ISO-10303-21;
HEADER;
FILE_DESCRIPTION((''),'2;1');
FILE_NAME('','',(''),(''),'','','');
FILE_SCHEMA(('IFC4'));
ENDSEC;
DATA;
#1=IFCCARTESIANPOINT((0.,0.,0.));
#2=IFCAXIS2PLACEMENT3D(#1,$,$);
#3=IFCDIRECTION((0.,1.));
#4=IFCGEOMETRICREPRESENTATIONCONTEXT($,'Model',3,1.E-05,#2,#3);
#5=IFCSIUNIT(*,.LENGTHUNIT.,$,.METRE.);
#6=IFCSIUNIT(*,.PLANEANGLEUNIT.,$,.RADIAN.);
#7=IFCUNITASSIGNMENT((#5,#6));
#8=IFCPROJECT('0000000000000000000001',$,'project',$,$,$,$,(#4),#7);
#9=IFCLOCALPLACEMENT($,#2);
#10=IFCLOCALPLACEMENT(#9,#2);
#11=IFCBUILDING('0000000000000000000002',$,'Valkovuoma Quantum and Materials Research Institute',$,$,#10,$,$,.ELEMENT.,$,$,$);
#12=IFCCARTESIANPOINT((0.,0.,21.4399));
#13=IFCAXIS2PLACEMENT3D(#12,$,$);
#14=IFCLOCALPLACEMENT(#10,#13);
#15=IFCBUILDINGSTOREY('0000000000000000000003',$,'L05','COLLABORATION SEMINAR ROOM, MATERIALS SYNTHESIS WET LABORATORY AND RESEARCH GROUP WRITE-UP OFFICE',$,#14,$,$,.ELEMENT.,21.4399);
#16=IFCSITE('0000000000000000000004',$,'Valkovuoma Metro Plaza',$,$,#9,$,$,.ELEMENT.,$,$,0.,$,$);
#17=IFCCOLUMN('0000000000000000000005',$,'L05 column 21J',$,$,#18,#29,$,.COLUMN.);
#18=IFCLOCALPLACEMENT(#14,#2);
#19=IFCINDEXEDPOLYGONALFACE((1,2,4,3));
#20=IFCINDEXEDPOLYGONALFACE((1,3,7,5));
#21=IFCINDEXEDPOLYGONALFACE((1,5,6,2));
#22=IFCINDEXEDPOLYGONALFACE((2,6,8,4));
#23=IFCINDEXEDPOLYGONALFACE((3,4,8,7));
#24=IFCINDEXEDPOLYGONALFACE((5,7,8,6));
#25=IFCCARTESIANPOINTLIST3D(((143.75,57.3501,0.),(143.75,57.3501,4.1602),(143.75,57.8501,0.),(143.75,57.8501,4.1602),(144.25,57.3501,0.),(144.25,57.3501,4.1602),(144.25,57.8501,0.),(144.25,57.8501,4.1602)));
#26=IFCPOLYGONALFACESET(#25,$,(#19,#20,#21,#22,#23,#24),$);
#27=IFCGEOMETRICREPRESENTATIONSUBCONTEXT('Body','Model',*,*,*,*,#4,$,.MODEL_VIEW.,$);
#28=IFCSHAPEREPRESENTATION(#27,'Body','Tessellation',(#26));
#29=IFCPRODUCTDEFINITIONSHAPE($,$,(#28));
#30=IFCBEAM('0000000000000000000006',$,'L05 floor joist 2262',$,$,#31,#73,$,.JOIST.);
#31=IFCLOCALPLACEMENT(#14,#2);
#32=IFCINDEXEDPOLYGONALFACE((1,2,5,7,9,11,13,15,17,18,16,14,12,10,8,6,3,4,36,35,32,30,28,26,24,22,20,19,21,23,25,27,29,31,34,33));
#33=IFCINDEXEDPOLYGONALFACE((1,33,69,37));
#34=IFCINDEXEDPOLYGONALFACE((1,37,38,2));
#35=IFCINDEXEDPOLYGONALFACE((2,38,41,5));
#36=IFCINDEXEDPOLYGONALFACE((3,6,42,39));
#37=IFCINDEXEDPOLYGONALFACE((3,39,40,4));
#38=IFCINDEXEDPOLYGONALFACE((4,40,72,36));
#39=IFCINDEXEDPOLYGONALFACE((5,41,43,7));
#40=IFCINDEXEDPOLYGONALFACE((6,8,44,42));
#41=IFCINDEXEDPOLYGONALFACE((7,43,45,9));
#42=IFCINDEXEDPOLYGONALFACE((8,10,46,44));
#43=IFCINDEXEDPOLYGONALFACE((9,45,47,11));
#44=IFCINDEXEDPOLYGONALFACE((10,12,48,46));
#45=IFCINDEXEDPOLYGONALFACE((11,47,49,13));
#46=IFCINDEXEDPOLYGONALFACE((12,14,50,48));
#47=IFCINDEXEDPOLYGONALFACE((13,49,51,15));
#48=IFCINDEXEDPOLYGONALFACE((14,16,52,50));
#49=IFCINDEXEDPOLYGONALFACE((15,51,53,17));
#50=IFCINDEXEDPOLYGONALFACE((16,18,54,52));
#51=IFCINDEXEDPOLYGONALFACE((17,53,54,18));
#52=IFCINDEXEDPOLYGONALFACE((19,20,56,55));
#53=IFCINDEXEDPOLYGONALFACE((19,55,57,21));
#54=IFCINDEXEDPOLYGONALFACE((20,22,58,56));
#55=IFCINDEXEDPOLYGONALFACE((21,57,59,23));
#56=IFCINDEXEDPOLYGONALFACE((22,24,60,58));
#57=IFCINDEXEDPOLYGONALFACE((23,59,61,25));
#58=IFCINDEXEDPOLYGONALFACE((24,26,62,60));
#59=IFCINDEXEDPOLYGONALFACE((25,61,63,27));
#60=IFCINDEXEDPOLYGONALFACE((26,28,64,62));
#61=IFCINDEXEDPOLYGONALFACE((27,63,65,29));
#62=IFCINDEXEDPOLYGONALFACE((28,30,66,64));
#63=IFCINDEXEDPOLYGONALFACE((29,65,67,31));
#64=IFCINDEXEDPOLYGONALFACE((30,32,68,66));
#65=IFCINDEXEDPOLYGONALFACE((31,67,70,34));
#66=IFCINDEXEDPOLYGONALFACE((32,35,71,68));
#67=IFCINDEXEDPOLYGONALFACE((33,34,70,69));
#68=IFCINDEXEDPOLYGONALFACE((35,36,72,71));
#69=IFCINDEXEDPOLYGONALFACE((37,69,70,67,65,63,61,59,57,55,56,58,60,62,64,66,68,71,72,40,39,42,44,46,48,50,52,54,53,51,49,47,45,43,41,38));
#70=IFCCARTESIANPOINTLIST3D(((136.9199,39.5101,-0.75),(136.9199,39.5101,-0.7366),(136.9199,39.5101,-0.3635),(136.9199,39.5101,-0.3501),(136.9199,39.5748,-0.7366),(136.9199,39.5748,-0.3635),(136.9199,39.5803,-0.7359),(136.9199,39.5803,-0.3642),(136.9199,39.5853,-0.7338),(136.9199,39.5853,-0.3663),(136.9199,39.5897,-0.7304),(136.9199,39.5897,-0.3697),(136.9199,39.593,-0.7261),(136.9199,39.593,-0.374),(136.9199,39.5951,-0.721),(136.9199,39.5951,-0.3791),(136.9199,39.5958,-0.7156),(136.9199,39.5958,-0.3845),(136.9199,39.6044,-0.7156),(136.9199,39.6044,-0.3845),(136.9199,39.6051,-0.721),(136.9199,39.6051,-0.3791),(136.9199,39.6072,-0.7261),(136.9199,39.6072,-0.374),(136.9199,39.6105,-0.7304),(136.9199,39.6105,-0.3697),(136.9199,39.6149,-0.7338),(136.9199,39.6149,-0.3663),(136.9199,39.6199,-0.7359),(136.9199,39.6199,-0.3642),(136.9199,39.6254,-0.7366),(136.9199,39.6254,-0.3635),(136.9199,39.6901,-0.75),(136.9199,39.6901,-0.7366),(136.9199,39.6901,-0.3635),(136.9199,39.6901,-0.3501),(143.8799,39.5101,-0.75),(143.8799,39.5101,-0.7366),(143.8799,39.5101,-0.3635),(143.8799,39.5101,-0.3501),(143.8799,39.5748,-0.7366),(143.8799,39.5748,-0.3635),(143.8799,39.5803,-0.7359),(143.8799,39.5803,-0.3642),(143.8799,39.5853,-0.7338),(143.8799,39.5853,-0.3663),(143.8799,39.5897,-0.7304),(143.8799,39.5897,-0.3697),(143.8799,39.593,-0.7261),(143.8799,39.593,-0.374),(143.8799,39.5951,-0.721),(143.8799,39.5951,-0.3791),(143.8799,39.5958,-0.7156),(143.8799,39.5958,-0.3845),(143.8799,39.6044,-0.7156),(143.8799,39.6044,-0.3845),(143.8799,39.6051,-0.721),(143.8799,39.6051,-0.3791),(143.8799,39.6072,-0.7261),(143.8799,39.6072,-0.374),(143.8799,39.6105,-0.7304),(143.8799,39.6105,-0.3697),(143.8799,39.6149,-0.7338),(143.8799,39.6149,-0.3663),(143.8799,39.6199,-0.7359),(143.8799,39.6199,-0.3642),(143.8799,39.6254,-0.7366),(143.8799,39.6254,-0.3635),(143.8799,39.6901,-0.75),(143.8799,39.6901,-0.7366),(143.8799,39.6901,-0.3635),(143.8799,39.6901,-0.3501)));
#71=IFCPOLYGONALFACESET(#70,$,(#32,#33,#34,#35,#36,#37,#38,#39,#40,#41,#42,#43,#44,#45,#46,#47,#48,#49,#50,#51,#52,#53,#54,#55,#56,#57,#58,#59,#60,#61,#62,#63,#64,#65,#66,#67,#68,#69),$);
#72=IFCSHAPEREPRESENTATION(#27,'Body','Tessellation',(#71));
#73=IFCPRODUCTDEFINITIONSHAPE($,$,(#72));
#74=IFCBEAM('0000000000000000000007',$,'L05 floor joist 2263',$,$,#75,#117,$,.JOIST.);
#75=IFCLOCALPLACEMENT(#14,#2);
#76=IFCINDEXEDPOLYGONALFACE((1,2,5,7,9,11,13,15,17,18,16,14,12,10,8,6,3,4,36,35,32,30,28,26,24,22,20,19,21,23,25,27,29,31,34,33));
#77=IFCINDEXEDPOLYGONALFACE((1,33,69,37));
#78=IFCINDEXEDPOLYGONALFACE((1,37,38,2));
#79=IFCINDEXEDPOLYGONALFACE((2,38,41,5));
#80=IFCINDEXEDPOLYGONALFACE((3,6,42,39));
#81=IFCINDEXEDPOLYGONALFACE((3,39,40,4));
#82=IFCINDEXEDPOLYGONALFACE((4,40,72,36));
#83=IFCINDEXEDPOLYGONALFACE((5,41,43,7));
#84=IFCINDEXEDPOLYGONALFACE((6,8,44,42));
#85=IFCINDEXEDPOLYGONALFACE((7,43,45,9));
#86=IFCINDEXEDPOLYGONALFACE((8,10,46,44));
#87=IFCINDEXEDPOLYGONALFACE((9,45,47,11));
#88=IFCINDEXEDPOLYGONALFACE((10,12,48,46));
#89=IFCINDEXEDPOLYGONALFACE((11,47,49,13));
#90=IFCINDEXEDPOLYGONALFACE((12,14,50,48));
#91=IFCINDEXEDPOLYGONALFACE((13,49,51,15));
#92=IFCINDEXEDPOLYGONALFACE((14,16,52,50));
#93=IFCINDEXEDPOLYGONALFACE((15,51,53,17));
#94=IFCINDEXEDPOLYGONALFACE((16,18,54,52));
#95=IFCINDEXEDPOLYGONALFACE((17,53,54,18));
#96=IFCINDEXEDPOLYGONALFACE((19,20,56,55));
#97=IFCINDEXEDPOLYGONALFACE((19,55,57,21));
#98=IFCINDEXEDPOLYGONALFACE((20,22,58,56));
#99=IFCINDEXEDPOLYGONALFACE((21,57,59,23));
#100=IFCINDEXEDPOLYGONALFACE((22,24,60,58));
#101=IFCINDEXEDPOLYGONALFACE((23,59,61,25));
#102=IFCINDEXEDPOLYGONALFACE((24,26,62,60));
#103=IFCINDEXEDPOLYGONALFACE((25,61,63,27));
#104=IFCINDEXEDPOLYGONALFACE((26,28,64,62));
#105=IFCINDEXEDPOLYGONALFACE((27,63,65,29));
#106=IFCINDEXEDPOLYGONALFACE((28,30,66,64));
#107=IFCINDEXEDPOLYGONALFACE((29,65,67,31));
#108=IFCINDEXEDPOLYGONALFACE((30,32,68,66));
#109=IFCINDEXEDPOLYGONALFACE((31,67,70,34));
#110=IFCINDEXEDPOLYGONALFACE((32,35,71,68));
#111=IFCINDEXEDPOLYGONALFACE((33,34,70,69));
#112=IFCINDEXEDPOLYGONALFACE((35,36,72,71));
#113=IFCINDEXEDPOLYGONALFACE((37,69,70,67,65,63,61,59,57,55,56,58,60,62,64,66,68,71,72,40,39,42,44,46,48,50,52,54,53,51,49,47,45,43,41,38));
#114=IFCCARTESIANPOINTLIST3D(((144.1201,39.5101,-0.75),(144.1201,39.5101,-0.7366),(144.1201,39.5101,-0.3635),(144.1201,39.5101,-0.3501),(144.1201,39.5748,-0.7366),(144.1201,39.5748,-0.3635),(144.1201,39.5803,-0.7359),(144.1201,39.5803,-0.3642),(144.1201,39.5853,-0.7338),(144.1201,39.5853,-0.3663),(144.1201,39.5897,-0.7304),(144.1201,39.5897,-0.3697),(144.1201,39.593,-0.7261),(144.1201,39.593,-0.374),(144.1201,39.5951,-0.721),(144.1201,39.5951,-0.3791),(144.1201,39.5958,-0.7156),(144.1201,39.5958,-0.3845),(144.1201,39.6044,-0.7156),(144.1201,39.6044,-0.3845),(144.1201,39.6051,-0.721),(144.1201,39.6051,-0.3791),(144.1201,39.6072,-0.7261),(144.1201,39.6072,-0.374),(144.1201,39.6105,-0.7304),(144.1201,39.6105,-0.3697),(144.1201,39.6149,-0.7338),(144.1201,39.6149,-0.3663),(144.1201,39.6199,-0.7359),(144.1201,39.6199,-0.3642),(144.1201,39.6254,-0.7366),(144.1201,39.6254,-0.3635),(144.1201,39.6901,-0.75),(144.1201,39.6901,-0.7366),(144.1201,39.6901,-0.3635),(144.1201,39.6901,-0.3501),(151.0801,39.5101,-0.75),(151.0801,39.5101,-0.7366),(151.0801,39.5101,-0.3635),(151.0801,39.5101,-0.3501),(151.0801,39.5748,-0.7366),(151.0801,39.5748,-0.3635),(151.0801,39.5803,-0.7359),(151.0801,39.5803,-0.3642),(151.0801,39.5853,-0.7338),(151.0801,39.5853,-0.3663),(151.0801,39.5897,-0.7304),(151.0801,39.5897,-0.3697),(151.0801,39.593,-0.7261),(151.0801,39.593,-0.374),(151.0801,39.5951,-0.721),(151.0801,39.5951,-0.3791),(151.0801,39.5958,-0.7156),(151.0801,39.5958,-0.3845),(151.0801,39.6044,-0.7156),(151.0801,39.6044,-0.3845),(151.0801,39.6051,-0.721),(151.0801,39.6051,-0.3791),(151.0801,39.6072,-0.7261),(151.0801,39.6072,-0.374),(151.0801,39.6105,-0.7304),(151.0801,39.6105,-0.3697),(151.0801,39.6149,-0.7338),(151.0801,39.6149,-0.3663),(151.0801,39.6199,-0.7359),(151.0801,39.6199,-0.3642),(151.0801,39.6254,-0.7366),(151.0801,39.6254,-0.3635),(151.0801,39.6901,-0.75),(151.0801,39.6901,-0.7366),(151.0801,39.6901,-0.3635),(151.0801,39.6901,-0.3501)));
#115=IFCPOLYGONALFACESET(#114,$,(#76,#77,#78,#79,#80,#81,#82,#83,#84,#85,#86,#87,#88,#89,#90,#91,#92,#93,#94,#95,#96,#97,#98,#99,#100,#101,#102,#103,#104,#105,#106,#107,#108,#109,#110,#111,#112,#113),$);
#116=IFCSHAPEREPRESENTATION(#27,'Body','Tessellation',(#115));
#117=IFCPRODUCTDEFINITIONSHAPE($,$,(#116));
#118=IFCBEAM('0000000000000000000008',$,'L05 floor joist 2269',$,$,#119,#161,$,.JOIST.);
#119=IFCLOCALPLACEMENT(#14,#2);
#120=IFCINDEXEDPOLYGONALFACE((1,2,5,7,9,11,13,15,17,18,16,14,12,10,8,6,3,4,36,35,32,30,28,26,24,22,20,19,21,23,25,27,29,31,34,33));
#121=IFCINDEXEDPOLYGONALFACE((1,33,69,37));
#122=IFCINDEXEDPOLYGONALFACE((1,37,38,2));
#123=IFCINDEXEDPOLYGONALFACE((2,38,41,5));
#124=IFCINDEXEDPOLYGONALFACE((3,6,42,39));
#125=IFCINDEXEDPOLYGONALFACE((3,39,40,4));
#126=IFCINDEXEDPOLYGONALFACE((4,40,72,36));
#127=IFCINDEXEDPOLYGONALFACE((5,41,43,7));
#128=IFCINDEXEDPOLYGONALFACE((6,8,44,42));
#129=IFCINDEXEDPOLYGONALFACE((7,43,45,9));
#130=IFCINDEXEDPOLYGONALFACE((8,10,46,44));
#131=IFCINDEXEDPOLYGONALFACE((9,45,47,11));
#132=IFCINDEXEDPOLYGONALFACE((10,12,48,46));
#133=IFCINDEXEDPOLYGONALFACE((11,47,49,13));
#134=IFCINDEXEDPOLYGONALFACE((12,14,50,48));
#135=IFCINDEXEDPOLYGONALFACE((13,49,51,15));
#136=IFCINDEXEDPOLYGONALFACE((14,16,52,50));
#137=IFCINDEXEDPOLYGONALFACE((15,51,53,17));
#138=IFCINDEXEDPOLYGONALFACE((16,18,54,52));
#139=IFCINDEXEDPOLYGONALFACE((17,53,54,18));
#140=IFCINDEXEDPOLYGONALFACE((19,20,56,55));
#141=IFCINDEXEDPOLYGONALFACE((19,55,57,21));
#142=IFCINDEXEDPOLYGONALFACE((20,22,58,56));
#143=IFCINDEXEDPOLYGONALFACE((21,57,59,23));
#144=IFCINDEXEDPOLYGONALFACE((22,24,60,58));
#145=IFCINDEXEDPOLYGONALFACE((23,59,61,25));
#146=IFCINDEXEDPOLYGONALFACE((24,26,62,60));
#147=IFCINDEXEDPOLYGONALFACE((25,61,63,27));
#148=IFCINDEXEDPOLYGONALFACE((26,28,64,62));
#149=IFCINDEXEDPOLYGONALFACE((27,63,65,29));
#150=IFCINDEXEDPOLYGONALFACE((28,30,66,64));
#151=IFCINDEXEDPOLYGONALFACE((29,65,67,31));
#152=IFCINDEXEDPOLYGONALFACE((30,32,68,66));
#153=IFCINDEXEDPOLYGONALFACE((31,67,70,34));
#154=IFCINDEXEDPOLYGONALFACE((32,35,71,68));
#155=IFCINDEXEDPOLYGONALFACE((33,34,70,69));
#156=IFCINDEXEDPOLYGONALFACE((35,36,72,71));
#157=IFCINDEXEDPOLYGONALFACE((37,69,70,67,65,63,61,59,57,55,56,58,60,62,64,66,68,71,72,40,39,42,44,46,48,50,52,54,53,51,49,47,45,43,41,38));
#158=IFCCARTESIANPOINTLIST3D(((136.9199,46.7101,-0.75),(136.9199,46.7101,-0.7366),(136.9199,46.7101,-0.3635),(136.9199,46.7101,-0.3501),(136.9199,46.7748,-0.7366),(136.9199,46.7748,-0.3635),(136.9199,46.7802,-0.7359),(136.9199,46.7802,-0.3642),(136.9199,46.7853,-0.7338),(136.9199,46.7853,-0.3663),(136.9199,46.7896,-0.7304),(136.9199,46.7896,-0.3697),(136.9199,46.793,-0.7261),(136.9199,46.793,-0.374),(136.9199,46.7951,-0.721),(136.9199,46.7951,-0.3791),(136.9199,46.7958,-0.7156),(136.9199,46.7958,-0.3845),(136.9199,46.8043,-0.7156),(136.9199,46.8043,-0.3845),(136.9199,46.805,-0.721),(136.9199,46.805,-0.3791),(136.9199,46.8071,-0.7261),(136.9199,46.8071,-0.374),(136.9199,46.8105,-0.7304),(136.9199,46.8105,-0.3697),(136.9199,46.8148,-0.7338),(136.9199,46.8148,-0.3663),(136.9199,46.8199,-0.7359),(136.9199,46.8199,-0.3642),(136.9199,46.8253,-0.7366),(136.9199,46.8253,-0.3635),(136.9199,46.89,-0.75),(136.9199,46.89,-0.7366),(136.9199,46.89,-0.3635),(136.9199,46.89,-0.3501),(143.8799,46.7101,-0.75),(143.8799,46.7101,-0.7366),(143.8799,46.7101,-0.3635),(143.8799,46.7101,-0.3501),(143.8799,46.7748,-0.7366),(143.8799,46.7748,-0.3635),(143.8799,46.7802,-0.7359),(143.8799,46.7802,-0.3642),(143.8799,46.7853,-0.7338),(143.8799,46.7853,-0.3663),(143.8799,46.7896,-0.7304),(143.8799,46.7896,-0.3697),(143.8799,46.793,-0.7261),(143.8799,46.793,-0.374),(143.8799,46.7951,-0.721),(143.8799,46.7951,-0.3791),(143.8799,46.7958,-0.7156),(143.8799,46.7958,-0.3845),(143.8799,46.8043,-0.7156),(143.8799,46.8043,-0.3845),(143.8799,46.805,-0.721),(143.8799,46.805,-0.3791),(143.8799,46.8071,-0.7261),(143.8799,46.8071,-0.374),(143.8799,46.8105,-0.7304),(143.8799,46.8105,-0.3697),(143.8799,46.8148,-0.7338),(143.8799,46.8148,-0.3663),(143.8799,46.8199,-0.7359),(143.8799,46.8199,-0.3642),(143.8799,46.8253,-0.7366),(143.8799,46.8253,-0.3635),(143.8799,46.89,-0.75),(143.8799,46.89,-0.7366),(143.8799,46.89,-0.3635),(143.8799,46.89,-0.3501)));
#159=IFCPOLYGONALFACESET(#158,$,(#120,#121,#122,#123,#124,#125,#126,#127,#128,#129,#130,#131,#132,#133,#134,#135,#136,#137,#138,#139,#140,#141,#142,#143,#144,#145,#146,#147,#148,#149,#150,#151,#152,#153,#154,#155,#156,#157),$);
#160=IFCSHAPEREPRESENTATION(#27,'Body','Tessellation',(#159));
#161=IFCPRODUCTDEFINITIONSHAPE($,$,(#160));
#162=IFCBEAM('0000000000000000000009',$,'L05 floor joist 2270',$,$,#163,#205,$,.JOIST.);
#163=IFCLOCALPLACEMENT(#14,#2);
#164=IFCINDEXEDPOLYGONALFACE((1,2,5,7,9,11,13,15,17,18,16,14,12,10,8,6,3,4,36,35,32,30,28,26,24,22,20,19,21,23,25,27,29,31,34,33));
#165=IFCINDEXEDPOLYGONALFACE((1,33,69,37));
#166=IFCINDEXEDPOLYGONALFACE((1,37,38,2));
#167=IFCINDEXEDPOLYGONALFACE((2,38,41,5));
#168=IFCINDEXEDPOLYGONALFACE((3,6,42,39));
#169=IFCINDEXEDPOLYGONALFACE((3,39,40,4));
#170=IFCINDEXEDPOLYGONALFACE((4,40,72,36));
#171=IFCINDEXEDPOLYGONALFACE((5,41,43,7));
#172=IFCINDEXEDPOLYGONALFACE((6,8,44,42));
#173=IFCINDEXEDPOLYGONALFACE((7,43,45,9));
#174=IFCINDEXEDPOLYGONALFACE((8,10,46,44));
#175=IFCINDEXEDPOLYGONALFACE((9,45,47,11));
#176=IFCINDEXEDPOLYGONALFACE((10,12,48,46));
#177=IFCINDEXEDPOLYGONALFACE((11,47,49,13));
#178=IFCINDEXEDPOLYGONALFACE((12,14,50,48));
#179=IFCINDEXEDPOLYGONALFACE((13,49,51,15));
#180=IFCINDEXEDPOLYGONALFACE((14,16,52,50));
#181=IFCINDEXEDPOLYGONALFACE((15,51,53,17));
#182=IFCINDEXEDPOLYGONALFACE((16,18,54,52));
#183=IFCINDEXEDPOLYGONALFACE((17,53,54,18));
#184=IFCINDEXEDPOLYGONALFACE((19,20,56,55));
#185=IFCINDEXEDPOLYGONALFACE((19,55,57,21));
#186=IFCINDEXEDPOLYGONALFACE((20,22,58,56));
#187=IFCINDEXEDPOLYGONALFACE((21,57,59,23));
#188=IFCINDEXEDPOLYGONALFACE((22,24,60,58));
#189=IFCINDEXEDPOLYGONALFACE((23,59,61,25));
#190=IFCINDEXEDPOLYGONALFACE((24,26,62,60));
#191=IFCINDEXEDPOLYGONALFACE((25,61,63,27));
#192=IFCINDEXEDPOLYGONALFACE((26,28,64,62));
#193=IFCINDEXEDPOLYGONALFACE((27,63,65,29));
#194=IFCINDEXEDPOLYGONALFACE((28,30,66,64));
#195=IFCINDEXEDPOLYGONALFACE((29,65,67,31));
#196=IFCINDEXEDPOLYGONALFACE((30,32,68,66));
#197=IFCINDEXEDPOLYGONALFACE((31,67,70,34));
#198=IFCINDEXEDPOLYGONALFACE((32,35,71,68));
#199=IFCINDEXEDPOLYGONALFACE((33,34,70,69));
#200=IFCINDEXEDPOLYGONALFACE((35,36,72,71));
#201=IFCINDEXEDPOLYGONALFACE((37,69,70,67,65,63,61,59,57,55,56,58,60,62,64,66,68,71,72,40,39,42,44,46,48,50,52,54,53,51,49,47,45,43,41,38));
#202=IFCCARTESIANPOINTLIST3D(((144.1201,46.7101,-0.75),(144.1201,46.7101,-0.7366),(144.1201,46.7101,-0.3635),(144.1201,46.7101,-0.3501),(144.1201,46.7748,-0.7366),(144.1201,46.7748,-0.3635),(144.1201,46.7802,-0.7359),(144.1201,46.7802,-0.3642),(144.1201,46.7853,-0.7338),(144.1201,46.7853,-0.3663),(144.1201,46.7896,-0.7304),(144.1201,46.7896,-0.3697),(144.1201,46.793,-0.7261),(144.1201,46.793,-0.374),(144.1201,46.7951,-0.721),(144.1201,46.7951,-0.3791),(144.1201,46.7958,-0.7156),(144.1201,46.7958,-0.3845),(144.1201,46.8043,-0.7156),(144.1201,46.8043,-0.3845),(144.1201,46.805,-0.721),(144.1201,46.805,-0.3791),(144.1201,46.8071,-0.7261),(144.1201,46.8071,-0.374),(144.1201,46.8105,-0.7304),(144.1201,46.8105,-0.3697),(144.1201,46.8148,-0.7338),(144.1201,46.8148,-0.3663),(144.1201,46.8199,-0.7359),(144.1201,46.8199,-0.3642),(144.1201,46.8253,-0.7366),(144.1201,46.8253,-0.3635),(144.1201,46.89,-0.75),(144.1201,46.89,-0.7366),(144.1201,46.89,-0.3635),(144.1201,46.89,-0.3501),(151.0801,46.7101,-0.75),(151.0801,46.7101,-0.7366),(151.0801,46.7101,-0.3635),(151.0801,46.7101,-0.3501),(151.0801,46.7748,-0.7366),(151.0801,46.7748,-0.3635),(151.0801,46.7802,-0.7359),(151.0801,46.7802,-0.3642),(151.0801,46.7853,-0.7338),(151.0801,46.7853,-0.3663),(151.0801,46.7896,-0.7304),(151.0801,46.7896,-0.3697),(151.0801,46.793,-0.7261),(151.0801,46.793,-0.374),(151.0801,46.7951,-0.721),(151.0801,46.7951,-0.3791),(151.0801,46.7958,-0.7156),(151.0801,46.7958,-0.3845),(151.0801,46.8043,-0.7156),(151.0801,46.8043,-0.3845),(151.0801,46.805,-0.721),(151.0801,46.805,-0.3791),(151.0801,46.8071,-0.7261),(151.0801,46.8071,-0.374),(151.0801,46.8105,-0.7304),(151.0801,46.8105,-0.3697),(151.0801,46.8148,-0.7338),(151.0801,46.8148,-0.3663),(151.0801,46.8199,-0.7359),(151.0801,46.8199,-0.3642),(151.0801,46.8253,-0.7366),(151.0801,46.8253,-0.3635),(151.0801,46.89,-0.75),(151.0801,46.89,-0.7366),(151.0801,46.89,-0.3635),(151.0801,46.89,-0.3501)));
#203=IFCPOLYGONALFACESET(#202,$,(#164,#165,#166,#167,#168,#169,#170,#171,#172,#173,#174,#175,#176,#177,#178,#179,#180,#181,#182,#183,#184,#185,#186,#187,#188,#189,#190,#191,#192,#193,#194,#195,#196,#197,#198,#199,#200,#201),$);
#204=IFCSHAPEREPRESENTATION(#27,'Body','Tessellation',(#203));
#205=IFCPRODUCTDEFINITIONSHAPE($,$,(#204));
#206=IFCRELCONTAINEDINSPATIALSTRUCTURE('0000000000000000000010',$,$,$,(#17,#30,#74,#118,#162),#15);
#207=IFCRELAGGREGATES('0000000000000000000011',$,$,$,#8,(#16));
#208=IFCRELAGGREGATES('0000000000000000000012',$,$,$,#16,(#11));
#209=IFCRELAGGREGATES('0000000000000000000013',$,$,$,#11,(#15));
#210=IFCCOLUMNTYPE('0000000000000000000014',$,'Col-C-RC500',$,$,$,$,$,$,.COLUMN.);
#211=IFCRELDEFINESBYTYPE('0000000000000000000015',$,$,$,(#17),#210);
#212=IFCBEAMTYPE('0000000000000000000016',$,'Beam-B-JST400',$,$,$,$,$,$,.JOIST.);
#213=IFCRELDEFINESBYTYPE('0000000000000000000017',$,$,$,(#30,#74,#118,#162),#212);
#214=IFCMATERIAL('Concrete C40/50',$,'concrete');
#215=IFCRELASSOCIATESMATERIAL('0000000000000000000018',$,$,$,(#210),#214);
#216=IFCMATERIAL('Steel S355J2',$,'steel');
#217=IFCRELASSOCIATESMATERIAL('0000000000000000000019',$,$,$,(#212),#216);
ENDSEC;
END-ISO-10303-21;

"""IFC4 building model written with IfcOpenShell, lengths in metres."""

from ifc_helpers import new_model, si_unit, direction, frame, origin, origin_2d, place, context, subcontext, project, spatial, rectangle, i_section, extrude, material, material_profile, profile_set, type_object, element, save


model = new_model("IFC4")

# Units and contexts
model_context = context("Model", 3, precision=1e-05, world=origin(), true_north=direction((0.0, 1.0)))
body_context = subcontext(model_context, "Body", "Model", "MODEL_VIEW")
ifc_project = project(units=[si_unit("LENGTHUNIT", "METRE"), si_unit("PLANEANGLEUNIT", "RADIAN")], contexts=[model_context])

# Site, building, storey
site_placement = place(None, origin())
site = spatial("IfcSite", under=ifc_project, at=site_placement, Name="Valkovuoma Metro Plaza", CompositionType="ELEMENT", RefElevation=0.0)
building_placement = place(site_placement, origin())
building = spatial("IfcBuilding", under=site, at=building_placement, Name="Valkovuoma Quantum and Materials Research Institute", CompositionType="ELEMENT")
storey_placement = place(building_placement, frame((0.0, 0.0, 21.4399)))
storey = spatial("IfcBuildingStorey", under=building, at=storey_placement, Name="L05", Description="COLLABORATION SEMINAR ROOM, MATERIALS SYNTHESIS WET LABORATORY AND RESEARCH GROUP WRITE-UP OFFICE", CompositionType="ELEMENT", Elevation=21.4399)

# Column
ifc_material_1 = material(Name="Concrete C40/50", Category="concrete")
ifc_material_profile_1 = material_profile(ifc_material_1, rectangle(XDim=0.5, YDim=0.5, at=origin_2d()), Name="Concrete C40/50")
ifc_profile_set_1 = profile_set([ifc_material_profile_1], Name="Concrete C40/50")
column_type = type_object("IfcColumnType", Name="Col-C-RC500", PredefinedType="COLUMN", material=ifc_profile_set_1)
column_placement = place(storey_placement, frame((144.0, 57.6001, 0.0), z_axis=(0.0, 0.0, 1.0), x_axis=(1.0, 0.0, 0.0)))
element("IfcColumn", 1, at=column_placement, inside=storey, type_object=column_type, Name="L05 column 21J", PredefinedType="COLUMN", context=body_context, shape_type="SweptSolid", body=[
    extrude(rectangle(XDim=0.5, YDim=0.5, at=origin_2d()), origin(), (0.0, 0.0, 1.0), 4.1602),
])

# Beams
ifc_material_2 = material(Name="Steel S355J2", Category="steel")
ifc_material_profile_2 = material_profile(ifc_material_2, i_section(OverallWidth=0.1799, OverallDepth=0.3999, WebThickness=0.0085, FlangeThickness=0.0134, FilletRadius=0.021, at=origin_2d()), Name="Steel S355J2")
ifc_profile_set_2 = profile_set([ifc_material_profile_2], Name="Steel S355J2")
beam_type_1 = type_object("IfcBeamType", Name="Beam-B-JST400", PredefinedType="JOIST", material=ifc_profile_set_2)
for number, where, z_axis, x_axis, name in (
    (2, (136.9199, 39.6001, -0.55), (1.0, 0.0, 0.0), (0.0, 1.0, 0.0), "L05 floor joist 2262"),
    (3, (144.1201, 39.6001, -0.55), (1.0, 0.0, 0.0), (0.0, 1.0, 0.0), "L05 floor joist 2263"),
    (4, (136.9199, 46.8, -0.55), (1.0, 0.0, 0.0), (0.0, 1.0, 0.0), "L05 floor joist 2269"),
    (5, (144.1201, 46.8, -0.55), (1.0, 0.0, 0.0), (0.0, 1.0, 0.0), "L05 floor joist 2270"),
):
    element("IfcBeam", number, at=place(storey_placement, frame(where, z_axis=z_axis, x_axis=x_axis)), inside=storey, type_object=beam_type_1, Name=name, PredefinedType="JOIST", context=body_context, shape_type="SweptSolid", body=[
        extrude(i_section(OverallWidth=0.1799, OverallDepth=0.3999, WebThickness=0.0085, FlangeThickness=0.0134, FilletRadius=0.021, at=origin_2d()), origin(), (0.0, 0.0, 1.0), 6.96),
    ])

save(model, "model.ifc")
